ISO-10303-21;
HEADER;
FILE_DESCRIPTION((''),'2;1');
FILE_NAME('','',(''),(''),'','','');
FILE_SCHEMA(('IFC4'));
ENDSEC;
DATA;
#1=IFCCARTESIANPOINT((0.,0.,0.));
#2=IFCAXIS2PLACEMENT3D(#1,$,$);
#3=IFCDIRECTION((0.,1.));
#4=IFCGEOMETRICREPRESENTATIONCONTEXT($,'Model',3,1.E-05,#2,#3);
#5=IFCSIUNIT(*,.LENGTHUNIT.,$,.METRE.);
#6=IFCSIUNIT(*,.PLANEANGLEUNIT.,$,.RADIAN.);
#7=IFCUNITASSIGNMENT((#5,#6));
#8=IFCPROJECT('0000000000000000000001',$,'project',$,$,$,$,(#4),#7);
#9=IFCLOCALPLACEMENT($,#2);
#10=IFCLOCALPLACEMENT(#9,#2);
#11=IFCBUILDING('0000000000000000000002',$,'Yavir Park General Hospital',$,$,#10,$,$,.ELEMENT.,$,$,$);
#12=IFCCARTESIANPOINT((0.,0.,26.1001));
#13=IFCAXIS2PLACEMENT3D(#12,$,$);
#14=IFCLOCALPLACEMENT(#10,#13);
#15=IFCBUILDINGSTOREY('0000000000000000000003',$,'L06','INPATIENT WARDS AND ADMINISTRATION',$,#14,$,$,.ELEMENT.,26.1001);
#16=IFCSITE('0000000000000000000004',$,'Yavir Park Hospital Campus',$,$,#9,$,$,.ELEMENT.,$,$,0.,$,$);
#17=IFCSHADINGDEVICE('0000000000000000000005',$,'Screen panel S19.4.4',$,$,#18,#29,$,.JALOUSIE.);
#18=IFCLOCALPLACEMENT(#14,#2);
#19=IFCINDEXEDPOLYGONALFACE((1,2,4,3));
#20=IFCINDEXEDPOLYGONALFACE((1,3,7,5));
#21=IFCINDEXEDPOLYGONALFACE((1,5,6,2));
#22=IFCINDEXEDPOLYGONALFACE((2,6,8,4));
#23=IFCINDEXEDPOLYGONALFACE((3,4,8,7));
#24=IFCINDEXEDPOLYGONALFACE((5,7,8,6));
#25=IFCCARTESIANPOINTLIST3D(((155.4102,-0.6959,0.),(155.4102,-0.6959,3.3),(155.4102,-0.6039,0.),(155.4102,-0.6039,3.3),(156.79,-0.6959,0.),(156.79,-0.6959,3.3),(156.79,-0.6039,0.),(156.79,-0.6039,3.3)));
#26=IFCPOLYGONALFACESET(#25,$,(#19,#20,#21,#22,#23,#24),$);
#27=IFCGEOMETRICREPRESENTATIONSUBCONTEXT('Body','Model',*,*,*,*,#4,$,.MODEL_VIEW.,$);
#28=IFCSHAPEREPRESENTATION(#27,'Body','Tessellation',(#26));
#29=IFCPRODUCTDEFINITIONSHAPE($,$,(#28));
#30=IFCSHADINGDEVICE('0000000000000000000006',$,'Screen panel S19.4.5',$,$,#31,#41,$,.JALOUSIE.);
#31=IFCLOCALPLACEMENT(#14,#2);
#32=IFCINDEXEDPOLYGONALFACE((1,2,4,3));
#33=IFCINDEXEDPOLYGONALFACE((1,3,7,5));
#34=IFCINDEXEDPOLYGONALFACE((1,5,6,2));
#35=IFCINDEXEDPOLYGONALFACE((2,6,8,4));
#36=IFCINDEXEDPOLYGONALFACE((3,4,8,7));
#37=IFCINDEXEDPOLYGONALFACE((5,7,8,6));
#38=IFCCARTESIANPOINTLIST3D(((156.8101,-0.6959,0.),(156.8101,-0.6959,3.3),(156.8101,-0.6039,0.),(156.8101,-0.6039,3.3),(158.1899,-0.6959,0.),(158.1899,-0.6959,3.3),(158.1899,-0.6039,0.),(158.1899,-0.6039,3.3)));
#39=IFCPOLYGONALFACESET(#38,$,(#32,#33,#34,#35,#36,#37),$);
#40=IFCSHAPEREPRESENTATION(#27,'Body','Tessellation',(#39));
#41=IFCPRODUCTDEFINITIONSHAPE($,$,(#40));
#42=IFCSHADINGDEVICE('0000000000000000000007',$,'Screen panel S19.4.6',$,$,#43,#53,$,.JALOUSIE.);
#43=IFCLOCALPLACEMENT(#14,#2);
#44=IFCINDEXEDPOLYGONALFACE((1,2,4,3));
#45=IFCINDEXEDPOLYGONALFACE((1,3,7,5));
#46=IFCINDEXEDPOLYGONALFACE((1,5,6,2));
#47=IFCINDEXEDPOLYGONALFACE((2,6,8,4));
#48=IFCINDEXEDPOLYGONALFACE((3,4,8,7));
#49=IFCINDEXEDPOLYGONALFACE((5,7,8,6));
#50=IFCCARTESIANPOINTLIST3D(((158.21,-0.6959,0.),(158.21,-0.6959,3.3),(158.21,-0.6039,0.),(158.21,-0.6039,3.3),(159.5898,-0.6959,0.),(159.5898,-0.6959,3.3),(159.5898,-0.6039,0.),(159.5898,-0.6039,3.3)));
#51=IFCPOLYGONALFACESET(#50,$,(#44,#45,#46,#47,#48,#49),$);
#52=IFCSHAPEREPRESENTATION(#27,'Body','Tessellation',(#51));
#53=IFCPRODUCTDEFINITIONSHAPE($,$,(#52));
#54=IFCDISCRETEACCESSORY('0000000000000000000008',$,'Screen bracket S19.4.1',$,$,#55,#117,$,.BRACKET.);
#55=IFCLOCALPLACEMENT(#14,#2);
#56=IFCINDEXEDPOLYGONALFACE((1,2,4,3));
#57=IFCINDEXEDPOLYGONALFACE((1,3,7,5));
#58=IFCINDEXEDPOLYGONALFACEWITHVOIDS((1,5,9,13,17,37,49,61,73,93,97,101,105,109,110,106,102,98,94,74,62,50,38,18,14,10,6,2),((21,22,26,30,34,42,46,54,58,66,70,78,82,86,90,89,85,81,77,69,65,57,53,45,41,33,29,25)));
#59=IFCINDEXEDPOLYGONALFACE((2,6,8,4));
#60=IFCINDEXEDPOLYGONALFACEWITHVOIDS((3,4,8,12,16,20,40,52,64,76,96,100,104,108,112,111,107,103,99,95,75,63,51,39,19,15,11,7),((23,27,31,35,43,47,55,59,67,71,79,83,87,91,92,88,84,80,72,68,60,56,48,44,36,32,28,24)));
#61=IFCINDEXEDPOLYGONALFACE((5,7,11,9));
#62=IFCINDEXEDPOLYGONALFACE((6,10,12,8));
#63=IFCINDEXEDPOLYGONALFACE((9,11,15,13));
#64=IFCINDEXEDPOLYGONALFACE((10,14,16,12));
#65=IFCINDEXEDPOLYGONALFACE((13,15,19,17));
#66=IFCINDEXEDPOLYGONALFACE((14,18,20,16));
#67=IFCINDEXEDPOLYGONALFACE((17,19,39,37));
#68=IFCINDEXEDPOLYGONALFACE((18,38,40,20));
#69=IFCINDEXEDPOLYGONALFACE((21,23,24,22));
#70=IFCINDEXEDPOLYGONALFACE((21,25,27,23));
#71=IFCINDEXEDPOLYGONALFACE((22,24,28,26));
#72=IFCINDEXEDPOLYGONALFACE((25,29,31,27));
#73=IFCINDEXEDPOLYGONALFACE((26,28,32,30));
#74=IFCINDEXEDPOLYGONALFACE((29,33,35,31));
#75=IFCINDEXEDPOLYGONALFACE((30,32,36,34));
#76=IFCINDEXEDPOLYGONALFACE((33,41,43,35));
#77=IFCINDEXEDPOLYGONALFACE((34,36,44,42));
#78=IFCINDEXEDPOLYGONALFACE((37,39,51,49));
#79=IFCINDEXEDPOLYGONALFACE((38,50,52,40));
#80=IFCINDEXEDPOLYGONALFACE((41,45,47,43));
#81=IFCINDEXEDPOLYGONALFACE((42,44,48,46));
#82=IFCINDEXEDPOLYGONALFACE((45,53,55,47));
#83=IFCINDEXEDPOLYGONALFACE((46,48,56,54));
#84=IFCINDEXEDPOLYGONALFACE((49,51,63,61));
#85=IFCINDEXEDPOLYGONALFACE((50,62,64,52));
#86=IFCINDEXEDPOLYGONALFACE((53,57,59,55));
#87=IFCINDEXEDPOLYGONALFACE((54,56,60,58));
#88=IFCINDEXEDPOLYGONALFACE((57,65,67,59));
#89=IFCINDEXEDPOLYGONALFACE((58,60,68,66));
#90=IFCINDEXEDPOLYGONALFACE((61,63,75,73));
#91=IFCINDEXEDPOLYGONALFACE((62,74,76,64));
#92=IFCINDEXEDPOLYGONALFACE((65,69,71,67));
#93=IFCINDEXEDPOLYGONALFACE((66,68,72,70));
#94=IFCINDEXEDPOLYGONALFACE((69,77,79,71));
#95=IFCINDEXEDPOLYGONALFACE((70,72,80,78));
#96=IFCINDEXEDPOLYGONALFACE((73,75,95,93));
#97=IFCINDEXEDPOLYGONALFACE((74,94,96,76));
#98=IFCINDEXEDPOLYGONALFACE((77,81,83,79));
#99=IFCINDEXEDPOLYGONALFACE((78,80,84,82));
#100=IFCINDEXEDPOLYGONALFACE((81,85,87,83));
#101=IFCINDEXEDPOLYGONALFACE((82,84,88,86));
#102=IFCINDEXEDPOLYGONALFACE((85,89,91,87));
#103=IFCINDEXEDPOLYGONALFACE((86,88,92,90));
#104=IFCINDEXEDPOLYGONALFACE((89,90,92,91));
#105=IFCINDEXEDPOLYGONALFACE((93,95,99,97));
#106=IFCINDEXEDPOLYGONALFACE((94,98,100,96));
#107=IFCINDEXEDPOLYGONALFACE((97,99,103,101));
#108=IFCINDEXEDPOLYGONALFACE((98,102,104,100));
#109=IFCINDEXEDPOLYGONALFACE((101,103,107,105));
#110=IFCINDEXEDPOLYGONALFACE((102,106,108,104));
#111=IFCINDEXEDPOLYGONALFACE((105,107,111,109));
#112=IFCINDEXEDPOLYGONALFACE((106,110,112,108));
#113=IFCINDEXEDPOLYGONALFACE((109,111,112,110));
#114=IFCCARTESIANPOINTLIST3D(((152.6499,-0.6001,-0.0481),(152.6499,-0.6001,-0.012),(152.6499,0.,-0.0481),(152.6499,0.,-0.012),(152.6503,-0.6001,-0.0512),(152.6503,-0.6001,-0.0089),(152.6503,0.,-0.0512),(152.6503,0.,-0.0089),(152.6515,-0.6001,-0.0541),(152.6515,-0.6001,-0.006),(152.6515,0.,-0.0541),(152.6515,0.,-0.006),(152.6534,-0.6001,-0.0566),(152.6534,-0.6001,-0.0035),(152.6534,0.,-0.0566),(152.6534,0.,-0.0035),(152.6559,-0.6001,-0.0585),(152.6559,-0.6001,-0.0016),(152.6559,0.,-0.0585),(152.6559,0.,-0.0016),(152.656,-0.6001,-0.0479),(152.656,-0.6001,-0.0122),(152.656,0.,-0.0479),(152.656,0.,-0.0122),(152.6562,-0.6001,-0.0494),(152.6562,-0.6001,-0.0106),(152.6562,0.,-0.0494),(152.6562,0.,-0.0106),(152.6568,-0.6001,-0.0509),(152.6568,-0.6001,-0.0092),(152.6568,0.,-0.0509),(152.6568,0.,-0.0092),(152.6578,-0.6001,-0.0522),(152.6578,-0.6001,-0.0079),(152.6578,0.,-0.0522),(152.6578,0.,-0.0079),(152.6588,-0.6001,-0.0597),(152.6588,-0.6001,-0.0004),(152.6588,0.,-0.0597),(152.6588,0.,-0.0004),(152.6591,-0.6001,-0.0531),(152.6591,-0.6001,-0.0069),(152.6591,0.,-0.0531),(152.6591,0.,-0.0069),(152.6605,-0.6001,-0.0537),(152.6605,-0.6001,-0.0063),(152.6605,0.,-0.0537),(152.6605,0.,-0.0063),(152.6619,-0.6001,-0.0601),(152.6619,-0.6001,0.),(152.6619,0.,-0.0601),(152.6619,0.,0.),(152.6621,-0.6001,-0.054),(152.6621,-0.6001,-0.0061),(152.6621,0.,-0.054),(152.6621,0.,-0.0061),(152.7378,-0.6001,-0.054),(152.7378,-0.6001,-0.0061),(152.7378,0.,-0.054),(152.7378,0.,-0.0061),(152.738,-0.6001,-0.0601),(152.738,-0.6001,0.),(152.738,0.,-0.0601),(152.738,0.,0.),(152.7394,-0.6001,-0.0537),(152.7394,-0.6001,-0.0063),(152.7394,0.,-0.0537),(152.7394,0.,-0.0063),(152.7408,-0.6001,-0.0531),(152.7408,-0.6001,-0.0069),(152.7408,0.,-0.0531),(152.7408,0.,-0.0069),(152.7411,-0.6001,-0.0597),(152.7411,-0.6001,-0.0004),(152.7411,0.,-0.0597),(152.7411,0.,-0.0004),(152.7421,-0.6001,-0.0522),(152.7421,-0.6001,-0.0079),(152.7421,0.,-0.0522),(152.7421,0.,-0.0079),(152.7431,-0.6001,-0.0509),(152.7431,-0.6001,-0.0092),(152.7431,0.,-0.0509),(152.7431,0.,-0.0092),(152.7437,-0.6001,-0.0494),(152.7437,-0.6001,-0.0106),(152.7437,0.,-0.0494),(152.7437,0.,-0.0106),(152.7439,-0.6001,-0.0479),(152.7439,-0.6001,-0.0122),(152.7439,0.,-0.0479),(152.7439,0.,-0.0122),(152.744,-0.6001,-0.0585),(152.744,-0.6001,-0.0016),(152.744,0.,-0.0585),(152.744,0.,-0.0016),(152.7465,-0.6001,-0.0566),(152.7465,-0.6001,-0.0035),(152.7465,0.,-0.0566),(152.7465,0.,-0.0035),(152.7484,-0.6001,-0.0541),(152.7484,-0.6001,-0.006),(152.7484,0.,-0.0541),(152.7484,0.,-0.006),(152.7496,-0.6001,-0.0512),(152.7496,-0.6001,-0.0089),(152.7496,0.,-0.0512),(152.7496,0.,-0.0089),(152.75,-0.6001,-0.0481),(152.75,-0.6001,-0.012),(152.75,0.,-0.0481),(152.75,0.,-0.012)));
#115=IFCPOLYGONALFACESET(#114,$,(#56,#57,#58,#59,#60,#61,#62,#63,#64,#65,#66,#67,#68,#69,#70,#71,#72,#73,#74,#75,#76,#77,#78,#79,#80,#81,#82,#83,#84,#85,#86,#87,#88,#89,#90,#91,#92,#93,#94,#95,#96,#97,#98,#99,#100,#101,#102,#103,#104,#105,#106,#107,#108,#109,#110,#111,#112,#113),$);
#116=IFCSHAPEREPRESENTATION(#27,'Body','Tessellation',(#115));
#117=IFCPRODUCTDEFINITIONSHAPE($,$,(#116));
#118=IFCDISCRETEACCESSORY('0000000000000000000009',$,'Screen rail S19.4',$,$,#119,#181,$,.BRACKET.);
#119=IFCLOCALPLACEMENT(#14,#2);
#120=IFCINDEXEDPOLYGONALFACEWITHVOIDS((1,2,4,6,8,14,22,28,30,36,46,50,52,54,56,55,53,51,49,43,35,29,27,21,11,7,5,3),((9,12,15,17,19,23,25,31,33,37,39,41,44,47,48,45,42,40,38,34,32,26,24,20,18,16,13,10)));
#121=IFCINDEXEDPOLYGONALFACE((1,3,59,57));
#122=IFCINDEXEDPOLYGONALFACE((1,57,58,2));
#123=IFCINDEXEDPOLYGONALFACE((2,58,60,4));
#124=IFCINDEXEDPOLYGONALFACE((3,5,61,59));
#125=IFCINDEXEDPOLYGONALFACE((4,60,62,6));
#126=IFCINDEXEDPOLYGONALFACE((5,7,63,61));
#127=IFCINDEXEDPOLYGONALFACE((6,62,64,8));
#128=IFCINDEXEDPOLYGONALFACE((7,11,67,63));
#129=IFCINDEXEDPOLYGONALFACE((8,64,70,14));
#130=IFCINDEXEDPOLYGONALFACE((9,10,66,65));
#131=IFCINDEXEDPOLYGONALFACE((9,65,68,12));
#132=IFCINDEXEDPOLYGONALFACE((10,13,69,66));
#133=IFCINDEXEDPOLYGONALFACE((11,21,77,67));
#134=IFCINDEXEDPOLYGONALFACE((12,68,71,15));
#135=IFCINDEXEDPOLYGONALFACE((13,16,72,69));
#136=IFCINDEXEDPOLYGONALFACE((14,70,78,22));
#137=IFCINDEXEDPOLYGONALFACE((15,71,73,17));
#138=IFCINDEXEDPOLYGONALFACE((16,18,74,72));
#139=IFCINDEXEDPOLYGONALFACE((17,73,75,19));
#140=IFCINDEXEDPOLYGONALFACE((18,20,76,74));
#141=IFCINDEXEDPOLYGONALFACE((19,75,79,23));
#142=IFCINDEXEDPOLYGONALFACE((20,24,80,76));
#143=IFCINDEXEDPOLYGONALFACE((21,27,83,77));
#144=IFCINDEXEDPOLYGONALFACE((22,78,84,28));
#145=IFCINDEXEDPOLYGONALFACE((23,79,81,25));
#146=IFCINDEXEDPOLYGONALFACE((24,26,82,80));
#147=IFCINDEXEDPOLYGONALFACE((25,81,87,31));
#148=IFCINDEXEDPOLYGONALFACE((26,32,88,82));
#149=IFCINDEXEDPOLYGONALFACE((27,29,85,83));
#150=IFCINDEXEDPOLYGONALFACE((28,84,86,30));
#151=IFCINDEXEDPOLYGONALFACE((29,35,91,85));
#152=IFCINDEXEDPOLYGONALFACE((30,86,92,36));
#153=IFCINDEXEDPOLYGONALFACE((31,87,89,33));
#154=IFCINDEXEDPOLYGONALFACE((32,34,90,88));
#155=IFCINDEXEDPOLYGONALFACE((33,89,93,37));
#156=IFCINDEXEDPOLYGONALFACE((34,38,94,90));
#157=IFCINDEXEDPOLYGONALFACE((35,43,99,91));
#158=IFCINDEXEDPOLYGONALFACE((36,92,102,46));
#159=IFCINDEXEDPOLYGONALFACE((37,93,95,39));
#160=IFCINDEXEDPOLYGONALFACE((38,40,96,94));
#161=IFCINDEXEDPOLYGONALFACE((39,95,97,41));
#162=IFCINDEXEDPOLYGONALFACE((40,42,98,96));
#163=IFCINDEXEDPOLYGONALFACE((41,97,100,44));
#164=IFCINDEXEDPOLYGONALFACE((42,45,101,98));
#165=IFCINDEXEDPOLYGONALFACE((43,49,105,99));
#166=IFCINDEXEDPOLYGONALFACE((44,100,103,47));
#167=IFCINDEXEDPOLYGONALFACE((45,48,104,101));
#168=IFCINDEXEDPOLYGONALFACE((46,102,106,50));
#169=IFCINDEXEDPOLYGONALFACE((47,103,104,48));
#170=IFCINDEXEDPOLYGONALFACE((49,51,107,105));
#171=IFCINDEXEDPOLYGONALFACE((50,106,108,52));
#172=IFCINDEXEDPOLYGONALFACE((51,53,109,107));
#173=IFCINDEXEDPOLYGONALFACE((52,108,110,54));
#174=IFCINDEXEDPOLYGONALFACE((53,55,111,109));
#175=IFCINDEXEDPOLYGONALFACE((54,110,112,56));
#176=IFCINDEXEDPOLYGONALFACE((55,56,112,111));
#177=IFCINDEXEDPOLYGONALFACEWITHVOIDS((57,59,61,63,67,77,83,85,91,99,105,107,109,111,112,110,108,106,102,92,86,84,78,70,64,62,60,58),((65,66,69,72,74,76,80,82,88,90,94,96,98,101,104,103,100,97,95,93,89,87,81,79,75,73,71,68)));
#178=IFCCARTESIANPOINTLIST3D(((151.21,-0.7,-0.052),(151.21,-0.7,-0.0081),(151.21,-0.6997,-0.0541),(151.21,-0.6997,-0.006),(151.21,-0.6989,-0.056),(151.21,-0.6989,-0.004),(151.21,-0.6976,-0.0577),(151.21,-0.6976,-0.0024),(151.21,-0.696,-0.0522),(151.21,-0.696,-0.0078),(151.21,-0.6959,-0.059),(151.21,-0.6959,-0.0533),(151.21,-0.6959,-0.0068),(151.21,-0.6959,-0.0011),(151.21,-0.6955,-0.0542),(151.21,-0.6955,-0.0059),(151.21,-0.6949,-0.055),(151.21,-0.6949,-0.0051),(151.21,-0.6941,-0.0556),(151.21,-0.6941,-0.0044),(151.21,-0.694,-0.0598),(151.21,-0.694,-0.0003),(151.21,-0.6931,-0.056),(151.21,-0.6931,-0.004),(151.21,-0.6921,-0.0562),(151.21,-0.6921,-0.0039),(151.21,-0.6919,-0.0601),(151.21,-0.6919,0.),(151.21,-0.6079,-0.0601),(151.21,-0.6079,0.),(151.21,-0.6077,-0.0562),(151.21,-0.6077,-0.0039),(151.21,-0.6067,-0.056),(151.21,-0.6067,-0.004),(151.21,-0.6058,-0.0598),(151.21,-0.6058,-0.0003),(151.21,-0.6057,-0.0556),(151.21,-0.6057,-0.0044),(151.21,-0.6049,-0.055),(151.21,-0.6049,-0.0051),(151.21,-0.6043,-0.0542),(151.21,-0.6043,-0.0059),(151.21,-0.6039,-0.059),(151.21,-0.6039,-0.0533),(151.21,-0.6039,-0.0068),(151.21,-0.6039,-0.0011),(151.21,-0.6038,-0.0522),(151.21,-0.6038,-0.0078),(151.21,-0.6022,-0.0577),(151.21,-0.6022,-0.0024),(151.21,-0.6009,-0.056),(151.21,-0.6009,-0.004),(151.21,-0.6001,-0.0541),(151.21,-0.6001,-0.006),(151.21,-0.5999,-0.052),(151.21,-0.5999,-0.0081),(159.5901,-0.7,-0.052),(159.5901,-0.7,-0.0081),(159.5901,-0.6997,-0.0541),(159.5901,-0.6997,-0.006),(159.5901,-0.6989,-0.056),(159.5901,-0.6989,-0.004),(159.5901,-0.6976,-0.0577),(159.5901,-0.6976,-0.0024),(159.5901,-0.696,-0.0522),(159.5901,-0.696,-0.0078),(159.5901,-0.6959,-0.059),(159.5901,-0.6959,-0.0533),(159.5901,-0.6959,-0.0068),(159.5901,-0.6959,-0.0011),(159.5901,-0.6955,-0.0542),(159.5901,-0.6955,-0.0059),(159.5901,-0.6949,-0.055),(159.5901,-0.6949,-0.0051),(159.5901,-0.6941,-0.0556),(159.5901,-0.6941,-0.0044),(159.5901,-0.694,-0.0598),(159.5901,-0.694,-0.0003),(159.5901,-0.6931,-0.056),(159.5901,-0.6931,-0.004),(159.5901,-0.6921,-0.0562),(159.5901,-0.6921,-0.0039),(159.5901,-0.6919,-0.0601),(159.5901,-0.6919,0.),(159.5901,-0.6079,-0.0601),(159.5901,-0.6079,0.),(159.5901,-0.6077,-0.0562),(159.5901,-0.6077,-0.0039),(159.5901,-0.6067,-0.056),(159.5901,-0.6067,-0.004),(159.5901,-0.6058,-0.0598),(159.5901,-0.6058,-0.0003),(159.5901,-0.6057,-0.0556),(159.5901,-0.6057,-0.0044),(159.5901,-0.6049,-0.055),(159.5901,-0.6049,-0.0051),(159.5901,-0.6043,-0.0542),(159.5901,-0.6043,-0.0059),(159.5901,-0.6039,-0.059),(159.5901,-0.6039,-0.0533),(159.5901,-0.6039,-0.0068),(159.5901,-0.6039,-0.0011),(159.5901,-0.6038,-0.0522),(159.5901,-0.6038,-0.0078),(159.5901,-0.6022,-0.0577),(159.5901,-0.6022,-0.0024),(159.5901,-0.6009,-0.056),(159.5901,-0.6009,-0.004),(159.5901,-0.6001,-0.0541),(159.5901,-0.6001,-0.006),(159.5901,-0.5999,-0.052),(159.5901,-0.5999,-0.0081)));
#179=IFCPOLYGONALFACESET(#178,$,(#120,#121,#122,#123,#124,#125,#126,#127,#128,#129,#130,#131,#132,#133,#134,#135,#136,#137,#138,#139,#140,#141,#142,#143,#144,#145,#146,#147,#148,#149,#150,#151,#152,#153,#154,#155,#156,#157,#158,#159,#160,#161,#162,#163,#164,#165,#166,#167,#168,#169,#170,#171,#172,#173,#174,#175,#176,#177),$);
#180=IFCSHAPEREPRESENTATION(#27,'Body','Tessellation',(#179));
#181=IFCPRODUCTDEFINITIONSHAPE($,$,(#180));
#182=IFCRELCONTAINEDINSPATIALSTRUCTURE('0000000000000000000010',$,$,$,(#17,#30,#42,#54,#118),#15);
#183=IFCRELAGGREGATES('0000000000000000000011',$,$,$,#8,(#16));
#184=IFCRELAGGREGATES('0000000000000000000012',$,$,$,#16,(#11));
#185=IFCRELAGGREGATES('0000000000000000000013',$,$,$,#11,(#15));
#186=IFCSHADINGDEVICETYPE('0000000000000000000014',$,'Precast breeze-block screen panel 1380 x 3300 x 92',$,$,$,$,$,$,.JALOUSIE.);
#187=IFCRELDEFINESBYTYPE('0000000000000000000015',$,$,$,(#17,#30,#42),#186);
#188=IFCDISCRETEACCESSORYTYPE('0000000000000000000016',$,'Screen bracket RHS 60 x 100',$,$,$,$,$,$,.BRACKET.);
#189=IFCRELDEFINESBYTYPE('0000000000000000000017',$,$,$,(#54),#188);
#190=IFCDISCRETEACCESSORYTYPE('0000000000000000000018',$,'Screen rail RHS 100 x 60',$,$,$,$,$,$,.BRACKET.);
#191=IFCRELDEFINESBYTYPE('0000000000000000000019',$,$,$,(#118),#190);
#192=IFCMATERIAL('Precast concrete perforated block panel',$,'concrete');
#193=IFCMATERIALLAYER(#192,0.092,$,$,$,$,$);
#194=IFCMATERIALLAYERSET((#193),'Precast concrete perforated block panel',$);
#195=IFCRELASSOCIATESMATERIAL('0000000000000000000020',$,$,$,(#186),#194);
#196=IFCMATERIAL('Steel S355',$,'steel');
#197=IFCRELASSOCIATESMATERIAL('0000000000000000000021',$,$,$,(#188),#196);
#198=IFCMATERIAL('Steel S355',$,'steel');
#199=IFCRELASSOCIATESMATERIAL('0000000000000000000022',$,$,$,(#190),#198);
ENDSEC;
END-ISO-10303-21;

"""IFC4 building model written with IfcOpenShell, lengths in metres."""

from ifc_helpers import new_model, si_unit, direction, frame, origin, origin_2d, place, context, subcontext, project, spatial, rectangle, hollow_rectangle, extrude, material, layer, layer_set, material_profile, profile_set, type_object, element, save


model = new_model("IFC4")

# Units and contexts
model_context = context("Model", 3, precision=1e-05, world=origin(), true_north=direction((0.0, 1.0)))
body_context = subcontext(model_context, "Body", "Model", "MODEL_VIEW")
ifc_project = project(units=[si_unit("LENGTHUNIT", "METRE"), si_unit("PLANEANGLEUNIT", "RADIAN")], contexts=[model_context])

# Site, building, storey
site_placement = place(None, origin())
site = spatial("IfcSite", under=ifc_project, at=site_placement, Name="Yavir Park Hospital Campus", CompositionType="ELEMENT", RefElevation=0.0)
building_placement = place(site_placement, origin())
building = spatial("IfcBuilding", under=site, at=building_placement, Name="Yavir Park General Hospital", CompositionType="ELEMENT")
storey_placement = place(building_placement, frame((0.0, 0.0, 26.1001)))
storey = spatial("IfcBuildingStorey", under=building, at=storey_placement, Name="L06", Description="INPATIENT WARDS AND ADMINISTRATION", CompositionType="ELEMENT", Elevation=26.1001)

# Shading devices
ifc_material_1 = material(Name="Precast concrete perforated block panel", Category="concrete")
ifc_layer_1 = layer(ifc_material_1, 0.092)
ifc_layer_set_1 = layer_set([ifc_layer_1], Name="Precast concrete perforated block panel")
shading_device_type = type_object("IfcShadingDeviceType", Name="Precast breeze-block screen panel 1380 x 3300 x 92", PredefinedType="JALOUSIE", material=ifc_layer_set_1)
for number, where, z_axis, x_axis, name in (
    (1, (156.1001, -0.6499, 0.0), (0.0, 0.0, 1.0), (1.0, 0.0, 0.0), "Screen panel S19.4.4"),
    (2, (157.5, -0.6499, 0.0), (0.0, 0.0, 1.0), (1.0, 0.0, 0.0), "Screen panel S19.4.5"),
    (3, (158.8999, -0.6499, 0.0), (0.0, 0.0, 1.0), (1.0, 0.0, 0.0), "Screen panel S19.4.6"),
):
    element("IfcShadingDevice", number, at=place(storey_placement, frame(where, z_axis=z_axis, x_axis=x_axis)), inside=storey, type_object=shading_device_type, Name=name, PredefinedType="JALOUSIE", context=body_context, shape_type="SweptSolid", body=[
        extrude(rectangle(XDim=1.3799, YDim=0.092, at=origin_2d()), origin(), (0.0, 0.0, 1.0), 3.3),
    ])

# Discrete accessories
ifc_material_2 = material(Name="Steel S355", Category="steel")
ifc_material_profile_1 = material_profile(ifc_material_2, hollow_rectangle(XDim=0.1001, YDim=0.0601, WallThickness=0.0061, InnerFilletRadius=0.0061, OuterFilletRadius=0.012, at=origin_2d()), Name="RHS60x100x6")
ifc_profile_set_1 = profile_set([ifc_material_profile_1], Name="Steel S355")
discrete_accessory_type_1 = type_object("IfcDiscreteAccessoryType", Name="Screen bracket RHS 60 x 100", PredefinedType="BRACKET", material=ifc_profile_set_1)
discrete_accessory_1_placement = place(storey_placement, frame((152.7, 0.0, -0.03), z_axis=(0.0, -1.0, 0.0), x_axis=(1.0, 0.0, 0.0)))
element("IfcDiscreteAccessory", 4, at=discrete_accessory_1_placement, inside=storey, type_object=discrete_accessory_type_1, Name="Screen bracket S19.4.1", PredefinedType="BRACKET", context=body_context, shape_type="SweptSolid", body=[
    extrude(hollow_rectangle(XDim=0.1001, YDim=0.0601, WallThickness=0.0061, InnerFilletRadius=0.0061, OuterFilletRadius=0.012, at=origin_2d()), origin(), (0.0, 0.0, 1.0), 0.6001),
])
ifc_material_3 = material(Name="Steel S355", Category="steel")
ifc_material_profile_2 = material_profile(ifc_material_3, hollow_rectangle(XDim=0.1001, YDim=0.0601, WallThickness=0.0039, InnerFilletRadius=0.0039, OuterFilletRadius=0.0081, at=origin_2d()), Name="RHS60x100x4")
ifc_profile_set_2 = profile_set([ifc_material_profile_2], Name="Steel S355")
discrete_accessory_type_2 = type_object("IfcDiscreteAccessoryType", Name="Screen rail RHS 100 x 60", PredefinedType="BRACKET", material=ifc_profile_set_2)
discrete_accessory_2_placement = place(storey_placement, frame((151.21, -0.6499, -0.03), z_axis=(1.0, 0.0, 0.0), x_axis=(0.0, 1.0, 0.0)))
element("IfcDiscreteAccessory", 5, at=discrete_accessory_2_placement, inside=storey, type_object=discrete_accessory_type_2, Name="Screen rail S19.4", PredefinedType="BRACKET", context=body_context, shape_type="SweptSolid", body=[
    extrude(hollow_rectangle(XDim=0.1001, YDim=0.0601, WallThickness=0.0039, InnerFilletRadius=0.0039, OuterFilletRadius=0.0081, at=origin_2d()), origin(), (0.0, 0.0, 1.0), 8.3801),
])

save(model, "model.ifc")
